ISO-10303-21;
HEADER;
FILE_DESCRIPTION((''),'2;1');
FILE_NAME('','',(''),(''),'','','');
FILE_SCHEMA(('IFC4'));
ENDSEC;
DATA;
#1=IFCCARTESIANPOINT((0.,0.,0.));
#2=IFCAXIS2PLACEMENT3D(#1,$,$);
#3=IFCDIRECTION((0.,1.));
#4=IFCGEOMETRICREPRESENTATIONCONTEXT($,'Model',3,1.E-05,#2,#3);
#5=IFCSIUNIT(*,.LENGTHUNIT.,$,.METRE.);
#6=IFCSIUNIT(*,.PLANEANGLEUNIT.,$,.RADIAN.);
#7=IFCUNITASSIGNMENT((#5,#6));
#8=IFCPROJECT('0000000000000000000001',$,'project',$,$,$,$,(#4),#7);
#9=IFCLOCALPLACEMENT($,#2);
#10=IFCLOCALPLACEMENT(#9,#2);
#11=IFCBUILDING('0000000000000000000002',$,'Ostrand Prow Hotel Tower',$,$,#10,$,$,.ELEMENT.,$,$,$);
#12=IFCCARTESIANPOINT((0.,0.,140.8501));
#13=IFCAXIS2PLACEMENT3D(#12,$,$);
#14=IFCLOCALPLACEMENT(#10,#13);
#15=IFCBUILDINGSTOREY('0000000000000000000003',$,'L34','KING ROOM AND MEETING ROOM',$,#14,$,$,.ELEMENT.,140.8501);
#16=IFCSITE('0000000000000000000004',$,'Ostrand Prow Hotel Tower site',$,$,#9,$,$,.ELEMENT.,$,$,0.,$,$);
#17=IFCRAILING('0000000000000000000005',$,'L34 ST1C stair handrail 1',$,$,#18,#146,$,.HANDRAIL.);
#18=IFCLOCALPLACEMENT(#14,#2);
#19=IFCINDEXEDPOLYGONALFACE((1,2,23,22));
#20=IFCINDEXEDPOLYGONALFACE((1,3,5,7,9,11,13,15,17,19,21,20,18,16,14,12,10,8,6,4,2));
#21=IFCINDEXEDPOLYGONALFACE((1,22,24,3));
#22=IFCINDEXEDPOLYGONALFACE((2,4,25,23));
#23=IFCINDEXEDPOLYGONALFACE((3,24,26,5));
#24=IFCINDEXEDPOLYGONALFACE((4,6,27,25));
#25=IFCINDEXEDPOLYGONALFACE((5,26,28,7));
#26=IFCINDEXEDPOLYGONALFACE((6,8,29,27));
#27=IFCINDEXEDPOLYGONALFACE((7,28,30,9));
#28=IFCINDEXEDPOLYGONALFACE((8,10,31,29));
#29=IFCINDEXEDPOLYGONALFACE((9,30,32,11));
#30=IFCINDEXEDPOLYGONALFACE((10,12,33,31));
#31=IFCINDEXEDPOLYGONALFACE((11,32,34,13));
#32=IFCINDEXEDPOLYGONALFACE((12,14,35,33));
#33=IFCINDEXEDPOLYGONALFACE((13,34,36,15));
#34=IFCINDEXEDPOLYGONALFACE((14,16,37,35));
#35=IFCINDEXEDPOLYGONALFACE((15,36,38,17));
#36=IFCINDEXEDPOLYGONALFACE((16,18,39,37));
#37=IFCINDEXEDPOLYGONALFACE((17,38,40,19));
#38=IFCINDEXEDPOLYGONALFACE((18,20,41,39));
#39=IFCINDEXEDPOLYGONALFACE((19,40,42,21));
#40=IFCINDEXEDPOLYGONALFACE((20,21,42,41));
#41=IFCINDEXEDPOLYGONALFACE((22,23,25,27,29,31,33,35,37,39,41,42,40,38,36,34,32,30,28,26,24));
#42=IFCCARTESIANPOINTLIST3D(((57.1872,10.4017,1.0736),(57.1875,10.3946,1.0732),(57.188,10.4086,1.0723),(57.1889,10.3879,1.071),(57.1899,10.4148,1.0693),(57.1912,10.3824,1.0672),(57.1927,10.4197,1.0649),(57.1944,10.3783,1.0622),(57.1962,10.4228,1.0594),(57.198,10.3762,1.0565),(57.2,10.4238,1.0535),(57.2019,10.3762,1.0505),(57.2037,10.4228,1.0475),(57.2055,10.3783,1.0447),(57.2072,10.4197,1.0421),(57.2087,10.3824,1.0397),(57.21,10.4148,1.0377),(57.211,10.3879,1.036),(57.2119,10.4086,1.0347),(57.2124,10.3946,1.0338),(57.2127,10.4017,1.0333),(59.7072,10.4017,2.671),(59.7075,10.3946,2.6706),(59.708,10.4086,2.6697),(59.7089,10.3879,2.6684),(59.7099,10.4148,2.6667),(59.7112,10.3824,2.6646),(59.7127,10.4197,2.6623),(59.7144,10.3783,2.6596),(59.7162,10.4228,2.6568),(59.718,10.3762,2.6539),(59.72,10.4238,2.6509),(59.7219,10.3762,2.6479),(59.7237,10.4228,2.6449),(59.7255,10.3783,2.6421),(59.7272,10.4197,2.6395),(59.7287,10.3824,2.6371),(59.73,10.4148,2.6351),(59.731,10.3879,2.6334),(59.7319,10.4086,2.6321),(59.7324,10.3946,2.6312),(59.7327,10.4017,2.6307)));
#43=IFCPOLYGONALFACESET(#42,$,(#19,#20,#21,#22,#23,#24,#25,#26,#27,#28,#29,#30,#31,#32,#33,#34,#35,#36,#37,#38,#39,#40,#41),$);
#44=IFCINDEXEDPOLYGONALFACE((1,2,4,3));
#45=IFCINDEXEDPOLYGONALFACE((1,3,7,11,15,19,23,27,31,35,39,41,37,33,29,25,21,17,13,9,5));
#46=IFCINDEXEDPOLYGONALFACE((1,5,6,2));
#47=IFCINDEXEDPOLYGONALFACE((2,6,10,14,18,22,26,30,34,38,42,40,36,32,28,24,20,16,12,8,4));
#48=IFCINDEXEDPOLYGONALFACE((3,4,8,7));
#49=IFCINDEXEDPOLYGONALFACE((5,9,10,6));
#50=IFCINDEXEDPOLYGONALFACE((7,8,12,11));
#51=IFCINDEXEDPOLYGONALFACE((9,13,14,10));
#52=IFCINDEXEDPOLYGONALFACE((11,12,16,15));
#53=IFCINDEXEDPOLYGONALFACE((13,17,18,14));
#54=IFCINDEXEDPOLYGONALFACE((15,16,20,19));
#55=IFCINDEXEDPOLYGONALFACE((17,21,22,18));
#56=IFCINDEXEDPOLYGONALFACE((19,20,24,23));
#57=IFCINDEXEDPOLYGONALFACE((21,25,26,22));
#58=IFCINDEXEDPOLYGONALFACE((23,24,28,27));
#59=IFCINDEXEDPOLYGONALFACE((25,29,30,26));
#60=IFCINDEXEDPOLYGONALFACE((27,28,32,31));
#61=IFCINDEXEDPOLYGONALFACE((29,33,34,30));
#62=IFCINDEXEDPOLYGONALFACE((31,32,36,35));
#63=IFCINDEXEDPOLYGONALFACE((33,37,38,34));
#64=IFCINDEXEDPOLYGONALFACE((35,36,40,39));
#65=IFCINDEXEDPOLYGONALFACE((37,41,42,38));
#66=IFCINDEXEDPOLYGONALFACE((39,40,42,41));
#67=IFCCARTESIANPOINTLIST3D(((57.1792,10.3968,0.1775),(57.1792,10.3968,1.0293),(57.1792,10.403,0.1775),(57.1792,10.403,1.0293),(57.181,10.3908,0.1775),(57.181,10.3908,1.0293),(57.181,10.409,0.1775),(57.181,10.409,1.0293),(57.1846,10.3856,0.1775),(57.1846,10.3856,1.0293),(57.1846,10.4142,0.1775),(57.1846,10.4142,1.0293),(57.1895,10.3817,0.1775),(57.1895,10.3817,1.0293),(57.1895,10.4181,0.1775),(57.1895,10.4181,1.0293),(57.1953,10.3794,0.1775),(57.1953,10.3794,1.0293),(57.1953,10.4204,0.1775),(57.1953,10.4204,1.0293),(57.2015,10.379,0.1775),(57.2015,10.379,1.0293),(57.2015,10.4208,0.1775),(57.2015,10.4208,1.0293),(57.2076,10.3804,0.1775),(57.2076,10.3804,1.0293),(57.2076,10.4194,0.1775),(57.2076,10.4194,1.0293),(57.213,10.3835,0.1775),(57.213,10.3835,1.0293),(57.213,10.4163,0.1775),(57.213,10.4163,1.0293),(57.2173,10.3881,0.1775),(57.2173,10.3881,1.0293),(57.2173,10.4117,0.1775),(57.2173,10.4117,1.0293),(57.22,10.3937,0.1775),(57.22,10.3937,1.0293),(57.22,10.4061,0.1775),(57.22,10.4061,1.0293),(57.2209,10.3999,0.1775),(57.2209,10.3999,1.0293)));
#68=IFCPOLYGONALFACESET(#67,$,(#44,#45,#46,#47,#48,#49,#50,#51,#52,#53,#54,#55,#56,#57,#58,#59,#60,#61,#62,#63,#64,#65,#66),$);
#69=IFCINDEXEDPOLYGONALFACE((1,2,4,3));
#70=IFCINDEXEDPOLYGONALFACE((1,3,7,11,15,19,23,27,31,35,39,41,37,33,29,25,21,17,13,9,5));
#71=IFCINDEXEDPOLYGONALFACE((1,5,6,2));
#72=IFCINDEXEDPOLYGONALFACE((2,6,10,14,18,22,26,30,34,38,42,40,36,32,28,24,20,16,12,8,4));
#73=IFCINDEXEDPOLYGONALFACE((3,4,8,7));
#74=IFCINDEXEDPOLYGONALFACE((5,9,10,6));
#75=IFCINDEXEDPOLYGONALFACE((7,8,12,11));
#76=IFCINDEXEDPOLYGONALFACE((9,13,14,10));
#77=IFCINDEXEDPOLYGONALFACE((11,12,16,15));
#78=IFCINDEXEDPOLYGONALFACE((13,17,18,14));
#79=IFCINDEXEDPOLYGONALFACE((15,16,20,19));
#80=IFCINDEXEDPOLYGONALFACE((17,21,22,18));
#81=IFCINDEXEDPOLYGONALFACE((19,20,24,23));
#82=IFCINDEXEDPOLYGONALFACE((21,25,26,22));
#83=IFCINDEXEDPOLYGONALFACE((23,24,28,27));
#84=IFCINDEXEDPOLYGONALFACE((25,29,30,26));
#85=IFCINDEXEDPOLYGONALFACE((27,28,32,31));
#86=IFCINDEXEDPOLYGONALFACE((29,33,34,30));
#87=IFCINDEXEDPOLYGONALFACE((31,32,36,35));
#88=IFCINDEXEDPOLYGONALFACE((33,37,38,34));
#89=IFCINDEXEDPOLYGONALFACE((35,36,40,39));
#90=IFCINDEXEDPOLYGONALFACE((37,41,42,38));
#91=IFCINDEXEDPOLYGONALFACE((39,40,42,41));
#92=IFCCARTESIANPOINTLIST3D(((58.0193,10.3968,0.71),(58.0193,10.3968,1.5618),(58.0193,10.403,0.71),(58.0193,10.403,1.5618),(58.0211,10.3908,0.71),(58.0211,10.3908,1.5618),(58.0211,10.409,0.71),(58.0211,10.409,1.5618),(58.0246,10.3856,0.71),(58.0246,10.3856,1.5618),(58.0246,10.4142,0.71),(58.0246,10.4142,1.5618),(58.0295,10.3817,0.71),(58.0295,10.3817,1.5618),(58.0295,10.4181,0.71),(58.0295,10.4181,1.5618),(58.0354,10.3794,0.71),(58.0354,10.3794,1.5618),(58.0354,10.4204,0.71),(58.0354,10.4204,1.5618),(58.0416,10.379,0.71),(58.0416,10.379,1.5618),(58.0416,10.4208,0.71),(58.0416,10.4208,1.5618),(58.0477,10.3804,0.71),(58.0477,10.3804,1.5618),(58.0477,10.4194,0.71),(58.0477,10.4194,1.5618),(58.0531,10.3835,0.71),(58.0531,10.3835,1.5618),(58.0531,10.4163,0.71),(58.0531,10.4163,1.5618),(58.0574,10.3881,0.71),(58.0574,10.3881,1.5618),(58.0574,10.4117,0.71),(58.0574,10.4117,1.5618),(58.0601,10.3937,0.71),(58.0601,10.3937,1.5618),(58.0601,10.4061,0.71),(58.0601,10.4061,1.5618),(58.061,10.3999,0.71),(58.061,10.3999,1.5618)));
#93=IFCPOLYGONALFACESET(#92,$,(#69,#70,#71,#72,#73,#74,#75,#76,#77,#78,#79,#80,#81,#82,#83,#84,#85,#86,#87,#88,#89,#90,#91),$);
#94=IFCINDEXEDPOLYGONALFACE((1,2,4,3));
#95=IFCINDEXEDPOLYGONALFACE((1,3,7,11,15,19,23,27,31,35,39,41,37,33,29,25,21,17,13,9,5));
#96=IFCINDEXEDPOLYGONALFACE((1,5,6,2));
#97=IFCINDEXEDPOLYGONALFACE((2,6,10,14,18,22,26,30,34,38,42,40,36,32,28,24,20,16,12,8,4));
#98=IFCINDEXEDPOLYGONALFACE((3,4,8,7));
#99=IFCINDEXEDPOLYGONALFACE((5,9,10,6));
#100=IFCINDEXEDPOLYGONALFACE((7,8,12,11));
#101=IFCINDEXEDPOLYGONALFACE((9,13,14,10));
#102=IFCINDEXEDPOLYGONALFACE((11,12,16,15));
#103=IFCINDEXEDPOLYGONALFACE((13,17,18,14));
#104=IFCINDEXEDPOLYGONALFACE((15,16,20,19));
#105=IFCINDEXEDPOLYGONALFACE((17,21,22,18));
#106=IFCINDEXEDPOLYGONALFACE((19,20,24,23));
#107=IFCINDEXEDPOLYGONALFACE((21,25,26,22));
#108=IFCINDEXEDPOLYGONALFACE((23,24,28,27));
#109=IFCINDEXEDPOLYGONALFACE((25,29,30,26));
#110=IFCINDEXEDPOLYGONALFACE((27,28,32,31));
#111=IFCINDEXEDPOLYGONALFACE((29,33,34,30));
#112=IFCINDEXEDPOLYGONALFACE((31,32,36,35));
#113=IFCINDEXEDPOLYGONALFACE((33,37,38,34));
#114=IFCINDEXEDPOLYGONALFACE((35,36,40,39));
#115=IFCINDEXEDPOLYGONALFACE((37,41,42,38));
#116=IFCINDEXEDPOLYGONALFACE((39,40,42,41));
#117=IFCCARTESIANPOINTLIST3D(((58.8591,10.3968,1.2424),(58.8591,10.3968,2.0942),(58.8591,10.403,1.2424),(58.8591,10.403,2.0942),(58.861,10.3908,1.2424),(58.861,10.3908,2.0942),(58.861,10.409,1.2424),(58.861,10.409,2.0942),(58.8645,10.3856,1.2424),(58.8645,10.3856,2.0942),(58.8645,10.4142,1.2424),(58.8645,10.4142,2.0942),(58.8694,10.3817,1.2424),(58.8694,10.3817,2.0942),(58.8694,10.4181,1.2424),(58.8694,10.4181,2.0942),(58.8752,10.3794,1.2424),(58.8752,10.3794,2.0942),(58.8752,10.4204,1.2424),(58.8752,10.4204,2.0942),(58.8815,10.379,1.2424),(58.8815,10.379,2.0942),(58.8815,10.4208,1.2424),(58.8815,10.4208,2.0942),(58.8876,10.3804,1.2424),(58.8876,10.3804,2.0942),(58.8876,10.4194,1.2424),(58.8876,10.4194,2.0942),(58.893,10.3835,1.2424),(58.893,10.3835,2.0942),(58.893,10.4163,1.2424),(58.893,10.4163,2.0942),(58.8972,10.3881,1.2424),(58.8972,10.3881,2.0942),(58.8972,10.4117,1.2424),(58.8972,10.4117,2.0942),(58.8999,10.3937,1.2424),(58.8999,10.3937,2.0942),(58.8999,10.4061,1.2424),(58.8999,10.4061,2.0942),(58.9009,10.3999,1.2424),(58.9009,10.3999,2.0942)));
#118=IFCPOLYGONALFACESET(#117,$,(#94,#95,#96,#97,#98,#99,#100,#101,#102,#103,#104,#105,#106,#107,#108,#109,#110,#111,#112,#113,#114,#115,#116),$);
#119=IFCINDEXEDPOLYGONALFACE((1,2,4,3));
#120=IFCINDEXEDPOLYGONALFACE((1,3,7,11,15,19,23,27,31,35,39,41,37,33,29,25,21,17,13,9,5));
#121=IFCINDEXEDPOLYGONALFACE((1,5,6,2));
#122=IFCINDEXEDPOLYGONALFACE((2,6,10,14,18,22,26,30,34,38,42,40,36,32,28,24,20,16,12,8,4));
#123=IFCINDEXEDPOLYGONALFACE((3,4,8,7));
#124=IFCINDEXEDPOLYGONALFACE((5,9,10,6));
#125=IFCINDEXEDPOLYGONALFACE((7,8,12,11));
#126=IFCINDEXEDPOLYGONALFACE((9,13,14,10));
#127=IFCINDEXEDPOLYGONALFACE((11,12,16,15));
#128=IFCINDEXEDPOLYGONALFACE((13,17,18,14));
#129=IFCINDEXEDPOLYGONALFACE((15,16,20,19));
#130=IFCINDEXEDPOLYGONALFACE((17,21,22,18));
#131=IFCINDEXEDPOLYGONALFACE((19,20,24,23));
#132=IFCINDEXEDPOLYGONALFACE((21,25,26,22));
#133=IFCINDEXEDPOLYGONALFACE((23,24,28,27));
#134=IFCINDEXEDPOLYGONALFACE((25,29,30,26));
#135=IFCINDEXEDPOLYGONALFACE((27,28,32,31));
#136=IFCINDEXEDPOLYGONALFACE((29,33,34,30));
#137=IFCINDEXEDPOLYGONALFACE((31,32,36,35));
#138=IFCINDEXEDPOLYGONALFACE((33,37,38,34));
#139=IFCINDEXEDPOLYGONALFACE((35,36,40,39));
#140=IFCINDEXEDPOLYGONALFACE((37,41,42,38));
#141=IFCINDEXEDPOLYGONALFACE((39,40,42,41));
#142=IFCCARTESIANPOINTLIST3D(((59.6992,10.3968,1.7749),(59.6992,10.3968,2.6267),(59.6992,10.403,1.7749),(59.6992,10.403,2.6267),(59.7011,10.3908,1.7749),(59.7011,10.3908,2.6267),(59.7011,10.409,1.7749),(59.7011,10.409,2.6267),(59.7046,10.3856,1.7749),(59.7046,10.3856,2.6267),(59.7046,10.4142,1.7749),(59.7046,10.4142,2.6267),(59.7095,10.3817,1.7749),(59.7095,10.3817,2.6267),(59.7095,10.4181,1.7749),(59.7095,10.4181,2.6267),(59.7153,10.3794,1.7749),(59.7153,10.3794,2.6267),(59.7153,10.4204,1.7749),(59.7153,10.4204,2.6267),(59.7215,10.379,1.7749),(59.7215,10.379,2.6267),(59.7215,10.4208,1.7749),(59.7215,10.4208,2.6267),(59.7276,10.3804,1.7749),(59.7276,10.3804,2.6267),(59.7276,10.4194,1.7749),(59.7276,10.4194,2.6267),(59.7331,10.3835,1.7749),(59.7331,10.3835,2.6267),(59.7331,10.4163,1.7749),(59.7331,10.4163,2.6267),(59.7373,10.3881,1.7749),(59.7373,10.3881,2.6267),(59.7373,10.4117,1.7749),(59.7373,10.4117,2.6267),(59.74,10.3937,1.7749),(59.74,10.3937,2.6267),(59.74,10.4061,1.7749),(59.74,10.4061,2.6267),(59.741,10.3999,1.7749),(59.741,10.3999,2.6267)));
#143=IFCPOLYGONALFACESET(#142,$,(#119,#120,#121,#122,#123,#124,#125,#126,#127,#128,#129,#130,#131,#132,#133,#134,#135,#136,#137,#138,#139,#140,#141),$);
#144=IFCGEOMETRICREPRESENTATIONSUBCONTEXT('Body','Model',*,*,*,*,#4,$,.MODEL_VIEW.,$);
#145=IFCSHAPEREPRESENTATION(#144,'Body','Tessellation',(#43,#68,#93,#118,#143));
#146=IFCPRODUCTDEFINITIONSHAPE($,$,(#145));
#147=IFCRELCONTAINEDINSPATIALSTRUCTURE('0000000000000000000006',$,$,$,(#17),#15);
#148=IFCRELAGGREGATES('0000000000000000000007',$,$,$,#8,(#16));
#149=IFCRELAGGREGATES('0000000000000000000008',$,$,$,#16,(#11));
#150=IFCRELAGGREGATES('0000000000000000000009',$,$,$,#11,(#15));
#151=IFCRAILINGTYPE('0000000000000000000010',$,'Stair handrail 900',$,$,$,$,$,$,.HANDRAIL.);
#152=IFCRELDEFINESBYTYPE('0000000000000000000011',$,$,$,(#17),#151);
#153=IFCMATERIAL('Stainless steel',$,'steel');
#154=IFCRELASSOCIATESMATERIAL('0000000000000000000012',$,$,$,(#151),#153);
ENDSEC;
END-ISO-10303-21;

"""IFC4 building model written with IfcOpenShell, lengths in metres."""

from ifc_helpers import new_model, si_unit, direction, frame, origin, origin_2d, place, context, subcontext, project, spatial, circle, extrude, material, type_object, element, save


model = new_model("IFC4")

# Units and contexts
model_context = context("Model", 3, precision=1e-05, world=origin(), true_north=direction((0.0, 1.0)))
body_context = subcontext(model_context, "Body", "Model", "MODEL_VIEW")
ifc_project = project(units=[si_unit("LENGTHUNIT", "METRE"), si_unit("PLANEANGLEUNIT", "RADIAN")], contexts=[model_context])

# Site, building, storey
site_placement = place(None, origin())
site = spatial("IfcSite", under=ifc_project, at=site_placement, Name="Ostrand Prow Hotel Tower site", CompositionType="ELEMENT", RefElevation=0.0)
building_placement = place(site_placement, origin())
building = spatial("IfcBuilding", under=site, at=building_placement, Name="Ostrand Prow Hotel Tower", CompositionType="ELEMENT")
storey_placement = place(building_placement, frame((0.0, 0.0, 140.8501)))
storey = spatial("IfcBuildingStorey", under=building, at=storey_placement, Name="L34", Description="KING ROOM AND MEETING ROOM", CompositionType="ELEMENT", Elevation=140.8501)

# Railing
ifc_material_1 = material(Name="Stainless steel", Category="steel")
railing_type_1 = type_object("IfcRailingType", Name="Stair handrail 900", PredefinedType="HANDRAIL", material=ifc_material_1)
railing_1_placement = place(storey_placement, frame((57.2, 10.3999, 0.1775)))
element("IfcRailing", 1, at=railing_1_placement, inside=storey, type_object=railing_type_1, Name="L34 ST1C stair handrail 1", PredefinedType="HANDRAIL", context=body_context, shape_type="SweptSolid", body=[
    extrude(circle(Radius=0.0239, at=origin_2d()), frame((0.0, 0.0, 0.876), z_axis=(0.844607, 0.0, 0.535387), x_axis=(0.0, 1.0, 0.0)), (0.0, 0.0, 1.0), 2.9836),
    extrude(circle(Radius=0.021, at=origin_2d()), origin(), (0.0, 0.0, 1.0), 0.8518),
    extrude(circle(Radius=0.021, at=origin_2d()), frame((0.8401, 0.0, 0.5325)), (0.0, 0.0, 1.0), 0.8518),
    extrude(circle(Radius=0.021, at=origin_2d()), frame((1.6799, 0.0, 1.0649)), (0.0, 0.0, 1.0), 0.8518),
    extrude(circle(Radius=0.021, at=origin_2d()), frame((2.52, 0.0, 1.5974)), (0.0, 0.0, 1.0), 0.8518),
])

save(model, "model.ifc")
